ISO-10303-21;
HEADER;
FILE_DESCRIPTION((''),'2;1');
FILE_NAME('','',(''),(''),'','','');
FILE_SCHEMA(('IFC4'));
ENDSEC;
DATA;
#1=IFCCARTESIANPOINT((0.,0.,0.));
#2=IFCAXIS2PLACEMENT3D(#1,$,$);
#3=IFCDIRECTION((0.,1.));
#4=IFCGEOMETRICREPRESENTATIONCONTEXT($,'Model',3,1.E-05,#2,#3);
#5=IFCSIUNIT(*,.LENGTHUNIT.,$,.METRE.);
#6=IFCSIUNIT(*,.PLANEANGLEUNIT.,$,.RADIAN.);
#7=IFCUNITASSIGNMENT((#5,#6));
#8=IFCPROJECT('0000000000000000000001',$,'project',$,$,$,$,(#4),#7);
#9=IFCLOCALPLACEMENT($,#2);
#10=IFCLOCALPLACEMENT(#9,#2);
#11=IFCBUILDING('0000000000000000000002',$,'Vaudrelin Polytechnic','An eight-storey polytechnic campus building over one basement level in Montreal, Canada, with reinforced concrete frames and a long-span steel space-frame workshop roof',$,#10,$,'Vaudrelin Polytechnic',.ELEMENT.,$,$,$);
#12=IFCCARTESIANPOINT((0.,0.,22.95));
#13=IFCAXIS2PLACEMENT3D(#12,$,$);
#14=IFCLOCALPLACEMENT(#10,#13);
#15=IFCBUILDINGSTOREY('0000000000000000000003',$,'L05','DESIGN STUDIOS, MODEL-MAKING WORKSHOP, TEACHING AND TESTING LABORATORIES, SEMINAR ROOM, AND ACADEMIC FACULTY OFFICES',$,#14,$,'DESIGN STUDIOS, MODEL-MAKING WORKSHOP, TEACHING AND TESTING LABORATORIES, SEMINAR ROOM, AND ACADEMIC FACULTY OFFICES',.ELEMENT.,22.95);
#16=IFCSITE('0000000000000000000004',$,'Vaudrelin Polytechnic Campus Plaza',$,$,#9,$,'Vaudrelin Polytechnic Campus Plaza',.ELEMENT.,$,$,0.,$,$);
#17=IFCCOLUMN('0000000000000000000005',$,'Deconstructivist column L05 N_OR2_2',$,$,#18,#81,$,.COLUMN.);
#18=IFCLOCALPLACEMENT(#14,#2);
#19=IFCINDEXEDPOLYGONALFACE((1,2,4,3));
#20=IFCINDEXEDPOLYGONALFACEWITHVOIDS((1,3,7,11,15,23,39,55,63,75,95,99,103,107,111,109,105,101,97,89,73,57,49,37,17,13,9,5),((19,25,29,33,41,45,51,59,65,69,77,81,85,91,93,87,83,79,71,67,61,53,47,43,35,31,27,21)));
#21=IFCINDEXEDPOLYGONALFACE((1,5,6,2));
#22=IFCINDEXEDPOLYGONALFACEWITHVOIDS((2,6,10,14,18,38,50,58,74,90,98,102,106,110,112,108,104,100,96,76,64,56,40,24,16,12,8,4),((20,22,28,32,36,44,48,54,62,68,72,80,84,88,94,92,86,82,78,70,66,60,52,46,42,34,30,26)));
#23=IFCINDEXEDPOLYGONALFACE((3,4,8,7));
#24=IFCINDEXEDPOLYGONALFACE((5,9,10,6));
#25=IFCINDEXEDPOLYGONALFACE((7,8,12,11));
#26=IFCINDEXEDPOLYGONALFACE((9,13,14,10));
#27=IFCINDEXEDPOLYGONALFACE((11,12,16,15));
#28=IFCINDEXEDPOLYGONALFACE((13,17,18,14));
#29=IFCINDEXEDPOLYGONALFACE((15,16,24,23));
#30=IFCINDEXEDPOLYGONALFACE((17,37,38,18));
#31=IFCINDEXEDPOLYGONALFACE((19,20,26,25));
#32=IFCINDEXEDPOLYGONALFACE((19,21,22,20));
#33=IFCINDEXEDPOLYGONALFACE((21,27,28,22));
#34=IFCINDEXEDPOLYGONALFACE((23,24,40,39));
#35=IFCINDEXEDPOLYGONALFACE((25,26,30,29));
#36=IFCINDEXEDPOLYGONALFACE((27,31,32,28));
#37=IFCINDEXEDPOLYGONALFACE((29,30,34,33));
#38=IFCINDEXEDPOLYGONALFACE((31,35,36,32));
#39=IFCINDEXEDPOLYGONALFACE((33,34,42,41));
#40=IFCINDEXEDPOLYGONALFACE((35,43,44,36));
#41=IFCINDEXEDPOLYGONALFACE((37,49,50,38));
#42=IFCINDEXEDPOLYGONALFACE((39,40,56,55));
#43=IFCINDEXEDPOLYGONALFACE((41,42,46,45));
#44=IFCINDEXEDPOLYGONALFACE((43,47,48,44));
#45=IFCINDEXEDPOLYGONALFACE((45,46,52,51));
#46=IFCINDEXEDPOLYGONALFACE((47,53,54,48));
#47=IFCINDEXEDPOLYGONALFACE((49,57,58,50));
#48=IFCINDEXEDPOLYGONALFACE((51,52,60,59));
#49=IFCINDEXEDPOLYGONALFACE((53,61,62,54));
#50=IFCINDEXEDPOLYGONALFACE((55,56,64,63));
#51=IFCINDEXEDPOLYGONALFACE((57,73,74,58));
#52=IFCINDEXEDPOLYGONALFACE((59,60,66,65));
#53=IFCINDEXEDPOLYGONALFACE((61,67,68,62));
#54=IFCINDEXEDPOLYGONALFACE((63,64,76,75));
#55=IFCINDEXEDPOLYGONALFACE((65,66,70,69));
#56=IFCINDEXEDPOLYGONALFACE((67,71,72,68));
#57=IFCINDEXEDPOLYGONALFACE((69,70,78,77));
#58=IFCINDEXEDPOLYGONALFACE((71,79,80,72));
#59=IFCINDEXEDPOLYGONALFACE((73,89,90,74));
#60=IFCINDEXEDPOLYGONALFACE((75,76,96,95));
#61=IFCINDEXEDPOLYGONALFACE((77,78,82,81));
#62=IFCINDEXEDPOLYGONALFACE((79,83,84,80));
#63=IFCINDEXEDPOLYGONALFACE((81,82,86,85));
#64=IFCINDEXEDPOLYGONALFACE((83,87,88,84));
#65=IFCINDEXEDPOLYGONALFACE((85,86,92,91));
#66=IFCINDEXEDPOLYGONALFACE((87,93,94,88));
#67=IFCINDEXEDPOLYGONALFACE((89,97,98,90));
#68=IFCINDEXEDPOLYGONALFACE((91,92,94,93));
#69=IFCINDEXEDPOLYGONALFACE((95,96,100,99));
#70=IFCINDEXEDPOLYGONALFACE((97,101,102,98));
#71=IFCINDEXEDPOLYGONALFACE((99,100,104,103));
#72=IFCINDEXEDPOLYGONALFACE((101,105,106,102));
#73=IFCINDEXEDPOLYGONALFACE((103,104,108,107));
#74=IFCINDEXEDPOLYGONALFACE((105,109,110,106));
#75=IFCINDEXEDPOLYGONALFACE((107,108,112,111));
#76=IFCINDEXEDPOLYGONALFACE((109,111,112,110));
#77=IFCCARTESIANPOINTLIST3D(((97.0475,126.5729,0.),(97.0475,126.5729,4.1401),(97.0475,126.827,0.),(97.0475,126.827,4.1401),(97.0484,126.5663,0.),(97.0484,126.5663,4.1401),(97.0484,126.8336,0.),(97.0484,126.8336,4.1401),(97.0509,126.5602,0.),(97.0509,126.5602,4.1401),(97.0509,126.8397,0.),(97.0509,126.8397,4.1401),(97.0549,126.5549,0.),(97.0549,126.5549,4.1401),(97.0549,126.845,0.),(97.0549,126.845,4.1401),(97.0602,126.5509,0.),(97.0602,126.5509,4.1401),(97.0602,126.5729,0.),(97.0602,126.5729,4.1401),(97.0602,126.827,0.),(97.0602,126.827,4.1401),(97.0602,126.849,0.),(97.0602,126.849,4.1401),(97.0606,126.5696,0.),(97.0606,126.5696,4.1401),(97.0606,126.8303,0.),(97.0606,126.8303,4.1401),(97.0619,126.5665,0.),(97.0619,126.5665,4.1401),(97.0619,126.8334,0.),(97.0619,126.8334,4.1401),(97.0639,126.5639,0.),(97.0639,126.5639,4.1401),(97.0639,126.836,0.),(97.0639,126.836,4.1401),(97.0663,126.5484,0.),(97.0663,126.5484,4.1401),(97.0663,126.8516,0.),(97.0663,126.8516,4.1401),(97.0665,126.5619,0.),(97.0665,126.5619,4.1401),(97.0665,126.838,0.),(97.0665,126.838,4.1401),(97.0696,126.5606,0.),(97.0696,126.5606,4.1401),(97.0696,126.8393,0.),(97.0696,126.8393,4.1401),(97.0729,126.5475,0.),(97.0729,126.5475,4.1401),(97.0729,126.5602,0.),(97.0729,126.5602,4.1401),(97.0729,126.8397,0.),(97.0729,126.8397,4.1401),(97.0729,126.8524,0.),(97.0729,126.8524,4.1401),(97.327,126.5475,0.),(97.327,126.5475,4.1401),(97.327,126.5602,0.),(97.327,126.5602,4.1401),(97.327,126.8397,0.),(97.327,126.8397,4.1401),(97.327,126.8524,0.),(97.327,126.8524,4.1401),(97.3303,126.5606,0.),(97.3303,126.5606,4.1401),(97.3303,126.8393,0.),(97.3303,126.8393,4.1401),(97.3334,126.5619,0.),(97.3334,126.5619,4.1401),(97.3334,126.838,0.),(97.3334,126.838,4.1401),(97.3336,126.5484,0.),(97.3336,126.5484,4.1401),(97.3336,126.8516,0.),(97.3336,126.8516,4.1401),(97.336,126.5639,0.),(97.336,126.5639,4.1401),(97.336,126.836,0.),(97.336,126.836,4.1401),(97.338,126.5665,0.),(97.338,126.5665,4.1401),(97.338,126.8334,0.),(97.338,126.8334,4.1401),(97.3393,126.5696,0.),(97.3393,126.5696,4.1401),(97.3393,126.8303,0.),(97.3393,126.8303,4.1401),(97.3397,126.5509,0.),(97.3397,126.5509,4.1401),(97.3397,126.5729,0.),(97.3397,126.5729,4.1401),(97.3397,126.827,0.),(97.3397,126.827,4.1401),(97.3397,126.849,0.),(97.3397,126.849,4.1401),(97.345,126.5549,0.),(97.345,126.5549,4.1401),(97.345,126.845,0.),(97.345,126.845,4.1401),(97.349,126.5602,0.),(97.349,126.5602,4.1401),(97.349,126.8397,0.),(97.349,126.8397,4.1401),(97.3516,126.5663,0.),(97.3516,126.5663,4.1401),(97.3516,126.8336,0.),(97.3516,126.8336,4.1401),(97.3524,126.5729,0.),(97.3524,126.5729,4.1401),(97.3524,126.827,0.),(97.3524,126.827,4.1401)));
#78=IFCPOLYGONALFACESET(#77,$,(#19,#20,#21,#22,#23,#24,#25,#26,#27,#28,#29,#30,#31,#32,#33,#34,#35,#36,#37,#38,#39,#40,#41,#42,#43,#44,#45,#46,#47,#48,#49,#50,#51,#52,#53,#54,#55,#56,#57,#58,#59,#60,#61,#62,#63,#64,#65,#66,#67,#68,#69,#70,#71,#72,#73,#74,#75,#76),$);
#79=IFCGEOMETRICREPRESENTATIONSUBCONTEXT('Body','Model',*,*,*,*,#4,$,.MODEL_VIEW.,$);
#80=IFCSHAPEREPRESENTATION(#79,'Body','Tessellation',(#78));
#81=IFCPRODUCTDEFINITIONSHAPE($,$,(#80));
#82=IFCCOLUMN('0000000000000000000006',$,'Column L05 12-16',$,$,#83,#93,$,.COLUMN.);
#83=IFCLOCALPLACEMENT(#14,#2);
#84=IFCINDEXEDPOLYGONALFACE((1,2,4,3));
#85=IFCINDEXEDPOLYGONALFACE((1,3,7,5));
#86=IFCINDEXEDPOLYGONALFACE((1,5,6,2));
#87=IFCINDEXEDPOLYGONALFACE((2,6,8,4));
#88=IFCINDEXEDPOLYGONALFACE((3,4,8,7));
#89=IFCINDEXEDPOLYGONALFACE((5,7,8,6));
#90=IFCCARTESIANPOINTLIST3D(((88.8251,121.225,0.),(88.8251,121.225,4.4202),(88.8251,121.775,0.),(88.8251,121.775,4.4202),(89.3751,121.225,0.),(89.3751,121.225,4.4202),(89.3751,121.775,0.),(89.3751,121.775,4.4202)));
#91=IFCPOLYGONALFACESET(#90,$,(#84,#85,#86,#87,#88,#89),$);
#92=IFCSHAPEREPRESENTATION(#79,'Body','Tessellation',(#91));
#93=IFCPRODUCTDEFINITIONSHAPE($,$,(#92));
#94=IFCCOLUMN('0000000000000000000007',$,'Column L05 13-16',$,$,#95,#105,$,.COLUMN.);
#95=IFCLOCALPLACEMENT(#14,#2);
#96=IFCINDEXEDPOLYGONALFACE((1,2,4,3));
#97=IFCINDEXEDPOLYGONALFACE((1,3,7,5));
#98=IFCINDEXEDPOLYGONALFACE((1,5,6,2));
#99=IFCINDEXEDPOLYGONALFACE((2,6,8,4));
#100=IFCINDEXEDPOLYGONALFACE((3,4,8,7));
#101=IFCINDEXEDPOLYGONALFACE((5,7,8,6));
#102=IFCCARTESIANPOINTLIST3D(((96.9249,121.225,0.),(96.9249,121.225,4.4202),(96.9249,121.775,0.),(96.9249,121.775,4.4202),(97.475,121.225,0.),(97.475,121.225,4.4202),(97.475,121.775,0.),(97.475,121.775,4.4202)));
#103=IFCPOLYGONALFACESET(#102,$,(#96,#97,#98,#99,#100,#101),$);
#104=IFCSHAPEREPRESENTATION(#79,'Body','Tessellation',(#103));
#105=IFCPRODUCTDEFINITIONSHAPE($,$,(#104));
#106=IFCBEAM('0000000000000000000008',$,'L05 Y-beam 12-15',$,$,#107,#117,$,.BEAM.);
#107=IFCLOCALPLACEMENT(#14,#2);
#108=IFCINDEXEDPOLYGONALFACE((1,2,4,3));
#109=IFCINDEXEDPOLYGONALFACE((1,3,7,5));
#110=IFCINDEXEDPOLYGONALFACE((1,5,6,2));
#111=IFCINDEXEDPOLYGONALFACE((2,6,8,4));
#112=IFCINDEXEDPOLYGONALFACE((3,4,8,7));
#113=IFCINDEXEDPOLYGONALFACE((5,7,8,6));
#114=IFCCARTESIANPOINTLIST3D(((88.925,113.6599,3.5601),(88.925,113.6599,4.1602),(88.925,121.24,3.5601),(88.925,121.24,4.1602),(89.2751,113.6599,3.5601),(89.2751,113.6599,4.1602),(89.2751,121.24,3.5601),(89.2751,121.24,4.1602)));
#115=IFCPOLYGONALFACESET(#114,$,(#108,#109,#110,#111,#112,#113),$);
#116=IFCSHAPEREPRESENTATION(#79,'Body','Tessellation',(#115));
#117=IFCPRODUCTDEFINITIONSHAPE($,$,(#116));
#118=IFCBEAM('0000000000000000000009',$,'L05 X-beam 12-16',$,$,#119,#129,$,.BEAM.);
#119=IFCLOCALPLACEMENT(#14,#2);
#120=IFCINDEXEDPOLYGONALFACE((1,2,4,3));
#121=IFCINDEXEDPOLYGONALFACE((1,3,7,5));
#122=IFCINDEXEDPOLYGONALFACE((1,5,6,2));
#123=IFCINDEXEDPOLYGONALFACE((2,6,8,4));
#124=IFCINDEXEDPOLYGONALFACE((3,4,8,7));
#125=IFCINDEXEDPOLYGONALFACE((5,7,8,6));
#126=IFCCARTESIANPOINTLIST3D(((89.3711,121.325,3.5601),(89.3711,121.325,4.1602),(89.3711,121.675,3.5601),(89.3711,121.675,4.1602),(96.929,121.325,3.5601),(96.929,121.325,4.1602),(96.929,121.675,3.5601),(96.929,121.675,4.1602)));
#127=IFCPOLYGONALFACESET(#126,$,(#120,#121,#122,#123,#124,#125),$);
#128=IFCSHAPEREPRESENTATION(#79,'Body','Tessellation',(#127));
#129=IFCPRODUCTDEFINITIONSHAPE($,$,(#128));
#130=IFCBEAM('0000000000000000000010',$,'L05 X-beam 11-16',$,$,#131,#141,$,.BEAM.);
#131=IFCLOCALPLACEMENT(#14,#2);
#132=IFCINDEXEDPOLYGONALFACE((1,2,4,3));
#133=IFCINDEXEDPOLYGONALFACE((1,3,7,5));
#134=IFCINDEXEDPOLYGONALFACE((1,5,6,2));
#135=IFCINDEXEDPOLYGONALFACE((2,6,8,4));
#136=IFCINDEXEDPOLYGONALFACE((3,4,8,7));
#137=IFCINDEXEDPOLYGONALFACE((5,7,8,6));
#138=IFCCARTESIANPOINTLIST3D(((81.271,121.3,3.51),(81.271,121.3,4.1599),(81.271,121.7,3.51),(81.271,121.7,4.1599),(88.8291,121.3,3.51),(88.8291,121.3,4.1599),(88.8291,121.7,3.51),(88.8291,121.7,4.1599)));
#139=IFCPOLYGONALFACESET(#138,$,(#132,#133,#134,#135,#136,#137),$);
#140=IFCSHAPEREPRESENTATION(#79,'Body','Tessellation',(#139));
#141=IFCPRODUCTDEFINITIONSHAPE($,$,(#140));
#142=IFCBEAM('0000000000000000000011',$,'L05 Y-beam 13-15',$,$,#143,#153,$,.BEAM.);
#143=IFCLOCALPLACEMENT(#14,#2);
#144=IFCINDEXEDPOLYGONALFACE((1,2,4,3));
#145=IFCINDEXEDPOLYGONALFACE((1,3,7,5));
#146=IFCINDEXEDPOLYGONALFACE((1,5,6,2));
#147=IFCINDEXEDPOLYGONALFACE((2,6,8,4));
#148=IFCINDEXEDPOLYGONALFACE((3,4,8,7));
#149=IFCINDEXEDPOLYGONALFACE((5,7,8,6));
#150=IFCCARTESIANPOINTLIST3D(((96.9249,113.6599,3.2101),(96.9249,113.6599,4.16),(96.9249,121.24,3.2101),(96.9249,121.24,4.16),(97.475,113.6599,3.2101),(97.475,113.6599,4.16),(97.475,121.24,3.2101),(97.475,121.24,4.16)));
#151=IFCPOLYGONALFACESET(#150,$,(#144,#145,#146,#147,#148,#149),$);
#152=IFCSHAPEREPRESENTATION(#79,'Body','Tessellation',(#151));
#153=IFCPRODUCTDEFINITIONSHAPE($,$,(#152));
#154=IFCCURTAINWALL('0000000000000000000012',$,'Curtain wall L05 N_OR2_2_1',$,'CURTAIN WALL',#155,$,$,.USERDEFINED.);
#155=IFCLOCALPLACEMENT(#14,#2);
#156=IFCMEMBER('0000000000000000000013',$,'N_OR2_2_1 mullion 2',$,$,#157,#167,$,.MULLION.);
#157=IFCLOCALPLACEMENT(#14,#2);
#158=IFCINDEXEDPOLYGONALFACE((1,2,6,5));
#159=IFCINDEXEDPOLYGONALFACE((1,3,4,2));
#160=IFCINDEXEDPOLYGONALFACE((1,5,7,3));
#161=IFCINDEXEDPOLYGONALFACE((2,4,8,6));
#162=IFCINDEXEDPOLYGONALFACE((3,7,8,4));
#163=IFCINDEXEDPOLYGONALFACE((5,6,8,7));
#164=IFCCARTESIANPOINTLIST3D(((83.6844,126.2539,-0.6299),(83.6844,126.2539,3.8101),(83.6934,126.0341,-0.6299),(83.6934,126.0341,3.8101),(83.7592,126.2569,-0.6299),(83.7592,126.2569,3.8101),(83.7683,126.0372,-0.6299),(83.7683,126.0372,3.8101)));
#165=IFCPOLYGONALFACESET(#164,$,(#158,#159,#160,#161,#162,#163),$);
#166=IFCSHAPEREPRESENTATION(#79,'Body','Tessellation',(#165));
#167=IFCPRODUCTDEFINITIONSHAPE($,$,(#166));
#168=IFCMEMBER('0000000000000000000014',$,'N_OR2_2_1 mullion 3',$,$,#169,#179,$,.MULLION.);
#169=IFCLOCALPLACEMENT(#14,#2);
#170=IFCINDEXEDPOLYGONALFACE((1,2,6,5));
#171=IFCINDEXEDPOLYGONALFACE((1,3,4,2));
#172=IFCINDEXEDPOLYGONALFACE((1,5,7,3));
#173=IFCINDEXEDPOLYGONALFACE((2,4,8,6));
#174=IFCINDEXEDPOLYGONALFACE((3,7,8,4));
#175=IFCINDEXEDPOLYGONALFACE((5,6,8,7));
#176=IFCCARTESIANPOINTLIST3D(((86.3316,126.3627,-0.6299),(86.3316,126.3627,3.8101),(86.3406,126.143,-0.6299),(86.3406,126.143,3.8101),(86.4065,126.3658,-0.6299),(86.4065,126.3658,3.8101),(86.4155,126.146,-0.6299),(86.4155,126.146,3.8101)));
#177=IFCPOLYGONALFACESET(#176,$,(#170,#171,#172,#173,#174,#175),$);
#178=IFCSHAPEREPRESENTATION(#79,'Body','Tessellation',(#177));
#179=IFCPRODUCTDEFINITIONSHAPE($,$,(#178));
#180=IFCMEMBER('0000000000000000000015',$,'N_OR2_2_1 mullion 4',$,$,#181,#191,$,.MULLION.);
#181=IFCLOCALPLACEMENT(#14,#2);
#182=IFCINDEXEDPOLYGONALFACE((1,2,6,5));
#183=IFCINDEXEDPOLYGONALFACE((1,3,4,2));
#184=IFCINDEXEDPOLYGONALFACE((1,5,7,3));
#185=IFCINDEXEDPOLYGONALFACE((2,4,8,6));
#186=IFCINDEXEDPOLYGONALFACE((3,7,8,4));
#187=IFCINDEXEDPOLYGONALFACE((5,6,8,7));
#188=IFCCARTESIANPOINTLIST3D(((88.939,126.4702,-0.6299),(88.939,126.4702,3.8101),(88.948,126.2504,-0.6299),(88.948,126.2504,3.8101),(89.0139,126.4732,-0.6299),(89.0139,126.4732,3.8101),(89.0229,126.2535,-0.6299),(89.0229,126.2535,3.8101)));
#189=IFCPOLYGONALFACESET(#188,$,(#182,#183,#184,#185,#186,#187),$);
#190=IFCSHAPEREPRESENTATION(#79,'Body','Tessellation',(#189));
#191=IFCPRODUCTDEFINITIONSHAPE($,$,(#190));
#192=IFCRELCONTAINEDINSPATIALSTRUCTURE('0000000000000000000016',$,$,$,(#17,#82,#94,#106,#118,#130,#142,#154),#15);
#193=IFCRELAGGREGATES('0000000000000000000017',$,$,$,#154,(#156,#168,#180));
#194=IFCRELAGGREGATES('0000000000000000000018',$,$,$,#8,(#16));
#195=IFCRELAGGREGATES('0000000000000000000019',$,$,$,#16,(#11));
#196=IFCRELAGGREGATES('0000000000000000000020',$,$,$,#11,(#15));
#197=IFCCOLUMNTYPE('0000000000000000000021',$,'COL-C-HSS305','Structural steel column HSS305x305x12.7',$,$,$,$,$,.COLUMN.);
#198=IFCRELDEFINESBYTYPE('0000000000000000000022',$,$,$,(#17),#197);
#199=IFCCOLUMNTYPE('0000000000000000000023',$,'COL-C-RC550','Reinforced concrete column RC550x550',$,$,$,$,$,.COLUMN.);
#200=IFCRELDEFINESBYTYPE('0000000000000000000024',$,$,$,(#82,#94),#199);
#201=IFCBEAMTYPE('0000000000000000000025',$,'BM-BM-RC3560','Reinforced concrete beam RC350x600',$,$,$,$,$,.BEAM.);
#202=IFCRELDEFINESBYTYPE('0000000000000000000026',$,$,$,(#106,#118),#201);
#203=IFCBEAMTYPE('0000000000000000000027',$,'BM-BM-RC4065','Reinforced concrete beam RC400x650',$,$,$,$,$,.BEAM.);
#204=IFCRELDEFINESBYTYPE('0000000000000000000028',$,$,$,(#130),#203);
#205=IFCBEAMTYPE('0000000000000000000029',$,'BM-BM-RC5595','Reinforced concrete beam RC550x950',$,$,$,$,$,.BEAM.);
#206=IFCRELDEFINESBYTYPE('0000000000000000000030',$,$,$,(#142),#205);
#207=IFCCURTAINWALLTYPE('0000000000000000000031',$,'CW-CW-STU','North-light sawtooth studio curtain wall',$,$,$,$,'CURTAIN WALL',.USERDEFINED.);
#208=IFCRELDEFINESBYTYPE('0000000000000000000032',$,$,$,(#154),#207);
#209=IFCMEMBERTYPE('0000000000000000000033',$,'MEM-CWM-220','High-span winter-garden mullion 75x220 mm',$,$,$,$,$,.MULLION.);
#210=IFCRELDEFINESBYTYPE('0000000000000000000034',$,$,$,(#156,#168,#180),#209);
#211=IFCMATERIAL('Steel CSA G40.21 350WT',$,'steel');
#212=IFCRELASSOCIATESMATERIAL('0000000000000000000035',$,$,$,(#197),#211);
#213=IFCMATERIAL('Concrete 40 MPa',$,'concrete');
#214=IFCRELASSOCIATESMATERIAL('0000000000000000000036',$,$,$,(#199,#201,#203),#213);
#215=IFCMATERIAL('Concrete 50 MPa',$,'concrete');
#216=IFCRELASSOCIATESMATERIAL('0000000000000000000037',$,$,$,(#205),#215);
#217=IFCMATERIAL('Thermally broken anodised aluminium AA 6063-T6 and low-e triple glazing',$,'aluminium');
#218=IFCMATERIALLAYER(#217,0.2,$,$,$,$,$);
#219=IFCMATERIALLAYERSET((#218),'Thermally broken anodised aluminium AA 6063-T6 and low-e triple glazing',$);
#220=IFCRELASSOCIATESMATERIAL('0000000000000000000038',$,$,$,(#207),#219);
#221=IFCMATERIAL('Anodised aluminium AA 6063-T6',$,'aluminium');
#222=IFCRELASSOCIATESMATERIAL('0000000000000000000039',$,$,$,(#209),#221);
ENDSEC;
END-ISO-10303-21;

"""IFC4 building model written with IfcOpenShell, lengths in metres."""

from ifc_helpers import new_model, si_unit, direction, frame, origin, origin_2d, place, context, subcontext, project, spatial, rectangle, hollow_rectangle, extrude, material, layer, layer_set, material_profile, profile_set, type_object, element, aggregate, save


model = new_model("IFC4")

# Units and contexts
model_context = context("Model", 3, precision=1e-05, world=origin(), true_north=direction((0.0, 1.0)))
body_context = subcontext(model_context, "Body", "Model", "MODEL_VIEW")
ifc_project = project(units=[si_unit("LENGTHUNIT", "METRE"), si_unit("PLANEANGLEUNIT", "RADIAN")], contexts=[model_context])

# Site, building, storey
site_placement = place(None, origin())
site = spatial("IfcSite", under=ifc_project, at=site_placement, Name="Vaudrelin Polytechnic Campus Plaza", LongName="Vaudrelin Polytechnic Campus Plaza", CompositionType="ELEMENT", RefElevation=0.0)
building_placement = place(site_placement, origin())
building = spatial("IfcBuilding", under=site, at=building_placement, Name="Vaudrelin Polytechnic", Description="An eight-storey polytechnic campus building over one basement level in Montreal, Canada, with reinforced concrete frames and a long-span steel space-frame workshop roof", LongName="Vaudrelin Polytechnic", CompositionType="ELEMENT")
storey_placement = place(building_placement, frame((0.0, 0.0, 22.95)))
storey = spatial("IfcBuildingStorey", under=building, at=storey_placement, Name="L05", Description="DESIGN STUDIOS, MODEL-MAKING WORKSHOP, TEACHING AND TESTING LABORATORIES, SEMINAR ROOM, AND ACADEMIC FACULTY OFFICES", LongName="DESIGN STUDIOS, MODEL-MAKING WORKSHOP, TEACHING AND TESTING LABORATORIES, SEMINAR ROOM, AND ACADEMIC FACULTY OFFICES", CompositionType="ELEMENT", Elevation=22.95)

# Columns
ifc_material_1 = material(Name="Steel CSA G40.21 350WT", Category="steel")
ifc_material_profile_1 = material_profile(ifc_material_1, hollow_rectangle(XDim=0.3049, YDim=0.3049, WallThickness=0.0127, InnerFilletRadius=0.0127, OuterFilletRadius=0.0254, at=origin_2d()), Name="HSS305x305x12.7")
ifc_profile_set_1 = profile_set([ifc_material_profile_1], Name="Steel CSA G40.21 350WT")
column_type_1 = type_object("IfcColumnType", Name="COL-C-HSS305", Description="Structural steel column HSS305x305x12.7", PredefinedType="COLUMN", material=ifc_profile_set_1)
column_placement = place(storey_placement, frame((97.2, 126.7, 0.0), z_axis=(0.0, 0.0, 1.0), x_axis=(1.0, 0.0, 0.0)))
element("IfcColumn", 1, at=column_placement, inside=storey, type_object=column_type_1, Name="Deconstructivist column L05 N_OR2_2", PredefinedType="COLUMN", context=body_context, shape_type="SweptSolid", body=[
    extrude(hollow_rectangle(XDim=0.3049, YDim=0.3049, WallThickness=0.0127, InnerFilletRadius=0.0127, OuterFilletRadius=0.0254, at=origin_2d()), origin(), (0.0, 0.0, 1.0), 4.1401),
])
ifc_material_2 = material(Name="Concrete 40 MPa", Category="concrete")
ifc_material_profile_2 = material_profile(ifc_material_2, rectangle(XDim=0.55, YDim=0.55, at=origin_2d()), Name="RC550x550")
ifc_profile_set_2 = profile_set([ifc_material_profile_2], Name="Concrete 40 MPa")
column_type_2 = type_object("IfcColumnType", Name="COL-C-RC550", Description="Reinforced concrete column RC550x550", PredefinedType="COLUMN", material=ifc_profile_set_2)
for number, where, z_axis, x_axis, name in (
    (2, (89.1001, 121.5, 0.0), (0.0, 0.0, 1.0), (1.0, 0.0, 0.0), "Column L05 12-16"),
    (3, (97.2, 121.5, 0.0), (0.0, 0.0, 1.0), (1.0, 0.0, 0.0), "Column L05 13-16"),
):
    element("IfcColumn", number, at=place(storey_placement, frame(where, z_axis=z_axis, x_axis=x_axis)), inside=storey, type_object=column_type_2, Name=name, PredefinedType="COLUMN", context=body_context, shape_type="SweptSolid", body=[
        extrude(rectangle(XDim=0.55, YDim=0.55, at=origin_2d()), origin(), (0.0, 0.0, 1.0), 4.4202),
    ])

# Beams
ifc_material_profile_3 = material_profile(ifc_material_2, rectangle(XDim=0.3501, YDim=0.6001, at=origin_2d()), Name="RC350x600")
ifc_profile_set_3 = profile_set([ifc_material_profile_3], Name="Concrete 40 MPa")
beam_type_1 = type_object("IfcBeamType", Name="BM-BM-RC3560", Description="Reinforced concrete beam RC350x600", PredefinedType="BEAM", material=ifc_profile_set_3)
beam_1_placement = place(storey_placement, frame((89.1001, 113.6599, 3.8601), z_axis=(0.0, 1.0, 0.0), x_axis=(-1.0, 0.0, 0.0)))
element("IfcBeam", 4, at=beam_1_placement, inside=storey, type_object=beam_type_1, Name="L05 Y-beam 12-15", PredefinedType="BEAM", context=body_context, shape_type="SweptSolid", body=[
    extrude(rectangle(XDim=0.3501, YDim=0.6001, at=origin_2d()), origin(), (0.0, 0.0, 1.0), 7.5801),
])
beam_2_placement = place(storey_placement, frame((89.3711, 121.5, 3.8601), z_axis=(1.0, 0.0, 0.0), x_axis=(0.0, 1.0, 0.0)))
element("IfcBeam", 5, at=beam_2_placement, inside=storey, type_object=beam_type_1, Name="L05 X-beam 12-16", PredefinedType="BEAM", context=body_context, shape_type="SweptSolid", body=[
    extrude(rectangle(XDim=0.3501, YDim=0.6001, at=origin_2d()), origin(), (0.0, 0.0, 1.0), 7.5579),
])
ifc_material_profile_4 = material_profile(ifc_material_2, rectangle(XDim=0.3999, YDim=0.6499, at=origin_2d()), Name="RC400x650")
ifc_profile_set_4 = profile_set([ifc_material_profile_4], Name="Concrete 40 MPa")
beam_type_2 = type_object("IfcBeamType", Name="BM-BM-RC4065", Description="Reinforced concrete beam RC400x650", PredefinedType="BEAM", material=ifc_profile_set_4)
beam_3_placement = place(storey_placement, frame((81.271, 121.5, 3.835), z_axis=(1.0, 0.0, 0.0), x_axis=(0.0, 1.0, 0.0)))
element("IfcBeam", 6, at=beam_3_placement, inside=storey, type_object=beam_type_2, Name="L05 X-beam 11-16", PredefinedType="BEAM", context=body_context, shape_type="SweptSolid", body=[
    extrude(rectangle(XDim=0.3999, YDim=0.6499, at=origin_2d()), origin(), (0.0, 0.0, 1.0), 7.5581),
])
ifc_material_3 = material(Name="Concrete 50 MPa", Category="concrete")
ifc_material_profile_5 = material_profile(ifc_material_3, rectangle(XDim=0.55, YDim=0.95, at=origin_2d()), Name="RC550x950")
ifc_profile_set_5 = profile_set([ifc_material_profile_5], Name="Concrete 50 MPa")
beam_type_3 = type_object("IfcBeamType", Name="BM-BM-RC5595", Description="Reinforced concrete beam RC550x950", PredefinedType="BEAM", material=ifc_profile_set_5)
beam_4_placement = place(storey_placement, frame((97.2, 113.6599, 3.6851), z_axis=(0.0, 1.0, 0.0), x_axis=(-1.0, 0.0, 0.0)))
element("IfcBeam", 7, at=beam_4_placement, inside=storey, type_object=beam_type_3, Name="L05 Y-beam 13-15", PredefinedType="BEAM", context=body_context, shape_type="SweptSolid", body=[
    extrude(rectangle(XDim=0.55, YDim=0.95, at=origin_2d()), origin(), (0.0, 0.0, 1.0), 7.5801),
])

# Curtain wall, members
ifc_material_4 = material(Name="Thermally broken anodised aluminium AA 6063-T6 and low-e triple glazing", Category="aluminium")
ifc_layer_1 = layer(ifc_material_4, 0.2)
ifc_layer_set_1 = layer_set([ifc_layer_1], Name="Thermally broken anodised aluminium AA 6063-T6 and low-e triple glazing")
curtain_wall_type = type_object("IfcCurtainWallType", Name="CW-CW-STU", Description="North-light sawtooth studio curtain wall", ElementType="CURTAIN WALL", PredefinedType="USERDEFINED", material=ifc_layer_set_1)
curtain_wall_1_placement = place(storey_placement, origin())
curtain_wall_1 = element("IfcCurtainWall", 8, at=curtain_wall_1_placement, inside=storey, type_object=curtain_wall_type, Name="Curtain wall L05 N_OR2_2_1", ObjectType="CURTAIN WALL", PredefinedType="USERDEFINED")
ifc_material_5 = material(Name="Anodised aluminium AA 6063-T6", Category="aluminium")
ifc_material_profile_6 = material_profile(ifc_material_5, rectangle(XDim=0.075, YDim=0.22, at=origin_2d()), Name="CWM-75x220")
ifc_profile_set_6 = profile_set([ifc_material_profile_6], Name="Anodised aluminium AA 6063-T6")
member_type_1 = type_object("IfcMemberType", Name="MEM-CWM-220", Description="High-span winter-garden mullion 75x220 mm", PredefinedType="MULLION", material=ifc_profile_set_6)
member_1_placement = place(storey_placement, frame((83.7263, 126.1455, -0.6299), z_axis=(0.0, 0.0, 1.0), x_axis=(0.999154, 0.041115, 0.0)))
member_1 = element("IfcMember", 9, at=member_1_placement, type_object=member_type_1, Name="N_OR2_2_1 mullion 2", PredefinedType="MULLION", context=body_context, shape_type="SweptSolid", body=[
    extrude(rectangle(XDim=0.075, YDim=0.22, at=origin_2d()), origin(), (0.0, 0.0, 1.0), 4.4399),
])
member_2_placement = place(storey_placement, frame((86.3735, 126.2544, -0.6299), z_axis=(0.0, 0.0, 1.0), x_axis=(0.999154, 0.041115, 0.0)))
member_2 = element("IfcMember", 10, at=member_2_placement, type_object=member_type_1, Name="N_OR2_2_1 mullion 3", PredefinedType="MULLION", context=body_context, shape_type="SweptSolid", body=[
    extrude(rectangle(XDim=0.075, YDim=0.22, at=origin_2d()), origin(), (0.0, 0.0, 1.0), 4.4399),
])
member_3_placement = place(storey_placement, frame((88.981, 126.3618, -0.6299), z_axis=(0.0, 0.0, 1.0), x_axis=(0.999154, 0.041115, 0.0)))
member_3 = element("IfcMember", 11, at=member_3_placement, type_object=member_type_1, Name="N_OR2_2_1 mullion 4", PredefinedType="MULLION", context=body_context, shape_type="SweptSolid", body=[
    extrude(rectangle(XDim=0.075, YDim=0.22, at=origin_2d()), origin(), (0.0, 0.0, 1.0), 4.4399),
])

aggregate(curtain_wall_1, [member_1, member_2, member_3])

save(model, "model.ifc")
